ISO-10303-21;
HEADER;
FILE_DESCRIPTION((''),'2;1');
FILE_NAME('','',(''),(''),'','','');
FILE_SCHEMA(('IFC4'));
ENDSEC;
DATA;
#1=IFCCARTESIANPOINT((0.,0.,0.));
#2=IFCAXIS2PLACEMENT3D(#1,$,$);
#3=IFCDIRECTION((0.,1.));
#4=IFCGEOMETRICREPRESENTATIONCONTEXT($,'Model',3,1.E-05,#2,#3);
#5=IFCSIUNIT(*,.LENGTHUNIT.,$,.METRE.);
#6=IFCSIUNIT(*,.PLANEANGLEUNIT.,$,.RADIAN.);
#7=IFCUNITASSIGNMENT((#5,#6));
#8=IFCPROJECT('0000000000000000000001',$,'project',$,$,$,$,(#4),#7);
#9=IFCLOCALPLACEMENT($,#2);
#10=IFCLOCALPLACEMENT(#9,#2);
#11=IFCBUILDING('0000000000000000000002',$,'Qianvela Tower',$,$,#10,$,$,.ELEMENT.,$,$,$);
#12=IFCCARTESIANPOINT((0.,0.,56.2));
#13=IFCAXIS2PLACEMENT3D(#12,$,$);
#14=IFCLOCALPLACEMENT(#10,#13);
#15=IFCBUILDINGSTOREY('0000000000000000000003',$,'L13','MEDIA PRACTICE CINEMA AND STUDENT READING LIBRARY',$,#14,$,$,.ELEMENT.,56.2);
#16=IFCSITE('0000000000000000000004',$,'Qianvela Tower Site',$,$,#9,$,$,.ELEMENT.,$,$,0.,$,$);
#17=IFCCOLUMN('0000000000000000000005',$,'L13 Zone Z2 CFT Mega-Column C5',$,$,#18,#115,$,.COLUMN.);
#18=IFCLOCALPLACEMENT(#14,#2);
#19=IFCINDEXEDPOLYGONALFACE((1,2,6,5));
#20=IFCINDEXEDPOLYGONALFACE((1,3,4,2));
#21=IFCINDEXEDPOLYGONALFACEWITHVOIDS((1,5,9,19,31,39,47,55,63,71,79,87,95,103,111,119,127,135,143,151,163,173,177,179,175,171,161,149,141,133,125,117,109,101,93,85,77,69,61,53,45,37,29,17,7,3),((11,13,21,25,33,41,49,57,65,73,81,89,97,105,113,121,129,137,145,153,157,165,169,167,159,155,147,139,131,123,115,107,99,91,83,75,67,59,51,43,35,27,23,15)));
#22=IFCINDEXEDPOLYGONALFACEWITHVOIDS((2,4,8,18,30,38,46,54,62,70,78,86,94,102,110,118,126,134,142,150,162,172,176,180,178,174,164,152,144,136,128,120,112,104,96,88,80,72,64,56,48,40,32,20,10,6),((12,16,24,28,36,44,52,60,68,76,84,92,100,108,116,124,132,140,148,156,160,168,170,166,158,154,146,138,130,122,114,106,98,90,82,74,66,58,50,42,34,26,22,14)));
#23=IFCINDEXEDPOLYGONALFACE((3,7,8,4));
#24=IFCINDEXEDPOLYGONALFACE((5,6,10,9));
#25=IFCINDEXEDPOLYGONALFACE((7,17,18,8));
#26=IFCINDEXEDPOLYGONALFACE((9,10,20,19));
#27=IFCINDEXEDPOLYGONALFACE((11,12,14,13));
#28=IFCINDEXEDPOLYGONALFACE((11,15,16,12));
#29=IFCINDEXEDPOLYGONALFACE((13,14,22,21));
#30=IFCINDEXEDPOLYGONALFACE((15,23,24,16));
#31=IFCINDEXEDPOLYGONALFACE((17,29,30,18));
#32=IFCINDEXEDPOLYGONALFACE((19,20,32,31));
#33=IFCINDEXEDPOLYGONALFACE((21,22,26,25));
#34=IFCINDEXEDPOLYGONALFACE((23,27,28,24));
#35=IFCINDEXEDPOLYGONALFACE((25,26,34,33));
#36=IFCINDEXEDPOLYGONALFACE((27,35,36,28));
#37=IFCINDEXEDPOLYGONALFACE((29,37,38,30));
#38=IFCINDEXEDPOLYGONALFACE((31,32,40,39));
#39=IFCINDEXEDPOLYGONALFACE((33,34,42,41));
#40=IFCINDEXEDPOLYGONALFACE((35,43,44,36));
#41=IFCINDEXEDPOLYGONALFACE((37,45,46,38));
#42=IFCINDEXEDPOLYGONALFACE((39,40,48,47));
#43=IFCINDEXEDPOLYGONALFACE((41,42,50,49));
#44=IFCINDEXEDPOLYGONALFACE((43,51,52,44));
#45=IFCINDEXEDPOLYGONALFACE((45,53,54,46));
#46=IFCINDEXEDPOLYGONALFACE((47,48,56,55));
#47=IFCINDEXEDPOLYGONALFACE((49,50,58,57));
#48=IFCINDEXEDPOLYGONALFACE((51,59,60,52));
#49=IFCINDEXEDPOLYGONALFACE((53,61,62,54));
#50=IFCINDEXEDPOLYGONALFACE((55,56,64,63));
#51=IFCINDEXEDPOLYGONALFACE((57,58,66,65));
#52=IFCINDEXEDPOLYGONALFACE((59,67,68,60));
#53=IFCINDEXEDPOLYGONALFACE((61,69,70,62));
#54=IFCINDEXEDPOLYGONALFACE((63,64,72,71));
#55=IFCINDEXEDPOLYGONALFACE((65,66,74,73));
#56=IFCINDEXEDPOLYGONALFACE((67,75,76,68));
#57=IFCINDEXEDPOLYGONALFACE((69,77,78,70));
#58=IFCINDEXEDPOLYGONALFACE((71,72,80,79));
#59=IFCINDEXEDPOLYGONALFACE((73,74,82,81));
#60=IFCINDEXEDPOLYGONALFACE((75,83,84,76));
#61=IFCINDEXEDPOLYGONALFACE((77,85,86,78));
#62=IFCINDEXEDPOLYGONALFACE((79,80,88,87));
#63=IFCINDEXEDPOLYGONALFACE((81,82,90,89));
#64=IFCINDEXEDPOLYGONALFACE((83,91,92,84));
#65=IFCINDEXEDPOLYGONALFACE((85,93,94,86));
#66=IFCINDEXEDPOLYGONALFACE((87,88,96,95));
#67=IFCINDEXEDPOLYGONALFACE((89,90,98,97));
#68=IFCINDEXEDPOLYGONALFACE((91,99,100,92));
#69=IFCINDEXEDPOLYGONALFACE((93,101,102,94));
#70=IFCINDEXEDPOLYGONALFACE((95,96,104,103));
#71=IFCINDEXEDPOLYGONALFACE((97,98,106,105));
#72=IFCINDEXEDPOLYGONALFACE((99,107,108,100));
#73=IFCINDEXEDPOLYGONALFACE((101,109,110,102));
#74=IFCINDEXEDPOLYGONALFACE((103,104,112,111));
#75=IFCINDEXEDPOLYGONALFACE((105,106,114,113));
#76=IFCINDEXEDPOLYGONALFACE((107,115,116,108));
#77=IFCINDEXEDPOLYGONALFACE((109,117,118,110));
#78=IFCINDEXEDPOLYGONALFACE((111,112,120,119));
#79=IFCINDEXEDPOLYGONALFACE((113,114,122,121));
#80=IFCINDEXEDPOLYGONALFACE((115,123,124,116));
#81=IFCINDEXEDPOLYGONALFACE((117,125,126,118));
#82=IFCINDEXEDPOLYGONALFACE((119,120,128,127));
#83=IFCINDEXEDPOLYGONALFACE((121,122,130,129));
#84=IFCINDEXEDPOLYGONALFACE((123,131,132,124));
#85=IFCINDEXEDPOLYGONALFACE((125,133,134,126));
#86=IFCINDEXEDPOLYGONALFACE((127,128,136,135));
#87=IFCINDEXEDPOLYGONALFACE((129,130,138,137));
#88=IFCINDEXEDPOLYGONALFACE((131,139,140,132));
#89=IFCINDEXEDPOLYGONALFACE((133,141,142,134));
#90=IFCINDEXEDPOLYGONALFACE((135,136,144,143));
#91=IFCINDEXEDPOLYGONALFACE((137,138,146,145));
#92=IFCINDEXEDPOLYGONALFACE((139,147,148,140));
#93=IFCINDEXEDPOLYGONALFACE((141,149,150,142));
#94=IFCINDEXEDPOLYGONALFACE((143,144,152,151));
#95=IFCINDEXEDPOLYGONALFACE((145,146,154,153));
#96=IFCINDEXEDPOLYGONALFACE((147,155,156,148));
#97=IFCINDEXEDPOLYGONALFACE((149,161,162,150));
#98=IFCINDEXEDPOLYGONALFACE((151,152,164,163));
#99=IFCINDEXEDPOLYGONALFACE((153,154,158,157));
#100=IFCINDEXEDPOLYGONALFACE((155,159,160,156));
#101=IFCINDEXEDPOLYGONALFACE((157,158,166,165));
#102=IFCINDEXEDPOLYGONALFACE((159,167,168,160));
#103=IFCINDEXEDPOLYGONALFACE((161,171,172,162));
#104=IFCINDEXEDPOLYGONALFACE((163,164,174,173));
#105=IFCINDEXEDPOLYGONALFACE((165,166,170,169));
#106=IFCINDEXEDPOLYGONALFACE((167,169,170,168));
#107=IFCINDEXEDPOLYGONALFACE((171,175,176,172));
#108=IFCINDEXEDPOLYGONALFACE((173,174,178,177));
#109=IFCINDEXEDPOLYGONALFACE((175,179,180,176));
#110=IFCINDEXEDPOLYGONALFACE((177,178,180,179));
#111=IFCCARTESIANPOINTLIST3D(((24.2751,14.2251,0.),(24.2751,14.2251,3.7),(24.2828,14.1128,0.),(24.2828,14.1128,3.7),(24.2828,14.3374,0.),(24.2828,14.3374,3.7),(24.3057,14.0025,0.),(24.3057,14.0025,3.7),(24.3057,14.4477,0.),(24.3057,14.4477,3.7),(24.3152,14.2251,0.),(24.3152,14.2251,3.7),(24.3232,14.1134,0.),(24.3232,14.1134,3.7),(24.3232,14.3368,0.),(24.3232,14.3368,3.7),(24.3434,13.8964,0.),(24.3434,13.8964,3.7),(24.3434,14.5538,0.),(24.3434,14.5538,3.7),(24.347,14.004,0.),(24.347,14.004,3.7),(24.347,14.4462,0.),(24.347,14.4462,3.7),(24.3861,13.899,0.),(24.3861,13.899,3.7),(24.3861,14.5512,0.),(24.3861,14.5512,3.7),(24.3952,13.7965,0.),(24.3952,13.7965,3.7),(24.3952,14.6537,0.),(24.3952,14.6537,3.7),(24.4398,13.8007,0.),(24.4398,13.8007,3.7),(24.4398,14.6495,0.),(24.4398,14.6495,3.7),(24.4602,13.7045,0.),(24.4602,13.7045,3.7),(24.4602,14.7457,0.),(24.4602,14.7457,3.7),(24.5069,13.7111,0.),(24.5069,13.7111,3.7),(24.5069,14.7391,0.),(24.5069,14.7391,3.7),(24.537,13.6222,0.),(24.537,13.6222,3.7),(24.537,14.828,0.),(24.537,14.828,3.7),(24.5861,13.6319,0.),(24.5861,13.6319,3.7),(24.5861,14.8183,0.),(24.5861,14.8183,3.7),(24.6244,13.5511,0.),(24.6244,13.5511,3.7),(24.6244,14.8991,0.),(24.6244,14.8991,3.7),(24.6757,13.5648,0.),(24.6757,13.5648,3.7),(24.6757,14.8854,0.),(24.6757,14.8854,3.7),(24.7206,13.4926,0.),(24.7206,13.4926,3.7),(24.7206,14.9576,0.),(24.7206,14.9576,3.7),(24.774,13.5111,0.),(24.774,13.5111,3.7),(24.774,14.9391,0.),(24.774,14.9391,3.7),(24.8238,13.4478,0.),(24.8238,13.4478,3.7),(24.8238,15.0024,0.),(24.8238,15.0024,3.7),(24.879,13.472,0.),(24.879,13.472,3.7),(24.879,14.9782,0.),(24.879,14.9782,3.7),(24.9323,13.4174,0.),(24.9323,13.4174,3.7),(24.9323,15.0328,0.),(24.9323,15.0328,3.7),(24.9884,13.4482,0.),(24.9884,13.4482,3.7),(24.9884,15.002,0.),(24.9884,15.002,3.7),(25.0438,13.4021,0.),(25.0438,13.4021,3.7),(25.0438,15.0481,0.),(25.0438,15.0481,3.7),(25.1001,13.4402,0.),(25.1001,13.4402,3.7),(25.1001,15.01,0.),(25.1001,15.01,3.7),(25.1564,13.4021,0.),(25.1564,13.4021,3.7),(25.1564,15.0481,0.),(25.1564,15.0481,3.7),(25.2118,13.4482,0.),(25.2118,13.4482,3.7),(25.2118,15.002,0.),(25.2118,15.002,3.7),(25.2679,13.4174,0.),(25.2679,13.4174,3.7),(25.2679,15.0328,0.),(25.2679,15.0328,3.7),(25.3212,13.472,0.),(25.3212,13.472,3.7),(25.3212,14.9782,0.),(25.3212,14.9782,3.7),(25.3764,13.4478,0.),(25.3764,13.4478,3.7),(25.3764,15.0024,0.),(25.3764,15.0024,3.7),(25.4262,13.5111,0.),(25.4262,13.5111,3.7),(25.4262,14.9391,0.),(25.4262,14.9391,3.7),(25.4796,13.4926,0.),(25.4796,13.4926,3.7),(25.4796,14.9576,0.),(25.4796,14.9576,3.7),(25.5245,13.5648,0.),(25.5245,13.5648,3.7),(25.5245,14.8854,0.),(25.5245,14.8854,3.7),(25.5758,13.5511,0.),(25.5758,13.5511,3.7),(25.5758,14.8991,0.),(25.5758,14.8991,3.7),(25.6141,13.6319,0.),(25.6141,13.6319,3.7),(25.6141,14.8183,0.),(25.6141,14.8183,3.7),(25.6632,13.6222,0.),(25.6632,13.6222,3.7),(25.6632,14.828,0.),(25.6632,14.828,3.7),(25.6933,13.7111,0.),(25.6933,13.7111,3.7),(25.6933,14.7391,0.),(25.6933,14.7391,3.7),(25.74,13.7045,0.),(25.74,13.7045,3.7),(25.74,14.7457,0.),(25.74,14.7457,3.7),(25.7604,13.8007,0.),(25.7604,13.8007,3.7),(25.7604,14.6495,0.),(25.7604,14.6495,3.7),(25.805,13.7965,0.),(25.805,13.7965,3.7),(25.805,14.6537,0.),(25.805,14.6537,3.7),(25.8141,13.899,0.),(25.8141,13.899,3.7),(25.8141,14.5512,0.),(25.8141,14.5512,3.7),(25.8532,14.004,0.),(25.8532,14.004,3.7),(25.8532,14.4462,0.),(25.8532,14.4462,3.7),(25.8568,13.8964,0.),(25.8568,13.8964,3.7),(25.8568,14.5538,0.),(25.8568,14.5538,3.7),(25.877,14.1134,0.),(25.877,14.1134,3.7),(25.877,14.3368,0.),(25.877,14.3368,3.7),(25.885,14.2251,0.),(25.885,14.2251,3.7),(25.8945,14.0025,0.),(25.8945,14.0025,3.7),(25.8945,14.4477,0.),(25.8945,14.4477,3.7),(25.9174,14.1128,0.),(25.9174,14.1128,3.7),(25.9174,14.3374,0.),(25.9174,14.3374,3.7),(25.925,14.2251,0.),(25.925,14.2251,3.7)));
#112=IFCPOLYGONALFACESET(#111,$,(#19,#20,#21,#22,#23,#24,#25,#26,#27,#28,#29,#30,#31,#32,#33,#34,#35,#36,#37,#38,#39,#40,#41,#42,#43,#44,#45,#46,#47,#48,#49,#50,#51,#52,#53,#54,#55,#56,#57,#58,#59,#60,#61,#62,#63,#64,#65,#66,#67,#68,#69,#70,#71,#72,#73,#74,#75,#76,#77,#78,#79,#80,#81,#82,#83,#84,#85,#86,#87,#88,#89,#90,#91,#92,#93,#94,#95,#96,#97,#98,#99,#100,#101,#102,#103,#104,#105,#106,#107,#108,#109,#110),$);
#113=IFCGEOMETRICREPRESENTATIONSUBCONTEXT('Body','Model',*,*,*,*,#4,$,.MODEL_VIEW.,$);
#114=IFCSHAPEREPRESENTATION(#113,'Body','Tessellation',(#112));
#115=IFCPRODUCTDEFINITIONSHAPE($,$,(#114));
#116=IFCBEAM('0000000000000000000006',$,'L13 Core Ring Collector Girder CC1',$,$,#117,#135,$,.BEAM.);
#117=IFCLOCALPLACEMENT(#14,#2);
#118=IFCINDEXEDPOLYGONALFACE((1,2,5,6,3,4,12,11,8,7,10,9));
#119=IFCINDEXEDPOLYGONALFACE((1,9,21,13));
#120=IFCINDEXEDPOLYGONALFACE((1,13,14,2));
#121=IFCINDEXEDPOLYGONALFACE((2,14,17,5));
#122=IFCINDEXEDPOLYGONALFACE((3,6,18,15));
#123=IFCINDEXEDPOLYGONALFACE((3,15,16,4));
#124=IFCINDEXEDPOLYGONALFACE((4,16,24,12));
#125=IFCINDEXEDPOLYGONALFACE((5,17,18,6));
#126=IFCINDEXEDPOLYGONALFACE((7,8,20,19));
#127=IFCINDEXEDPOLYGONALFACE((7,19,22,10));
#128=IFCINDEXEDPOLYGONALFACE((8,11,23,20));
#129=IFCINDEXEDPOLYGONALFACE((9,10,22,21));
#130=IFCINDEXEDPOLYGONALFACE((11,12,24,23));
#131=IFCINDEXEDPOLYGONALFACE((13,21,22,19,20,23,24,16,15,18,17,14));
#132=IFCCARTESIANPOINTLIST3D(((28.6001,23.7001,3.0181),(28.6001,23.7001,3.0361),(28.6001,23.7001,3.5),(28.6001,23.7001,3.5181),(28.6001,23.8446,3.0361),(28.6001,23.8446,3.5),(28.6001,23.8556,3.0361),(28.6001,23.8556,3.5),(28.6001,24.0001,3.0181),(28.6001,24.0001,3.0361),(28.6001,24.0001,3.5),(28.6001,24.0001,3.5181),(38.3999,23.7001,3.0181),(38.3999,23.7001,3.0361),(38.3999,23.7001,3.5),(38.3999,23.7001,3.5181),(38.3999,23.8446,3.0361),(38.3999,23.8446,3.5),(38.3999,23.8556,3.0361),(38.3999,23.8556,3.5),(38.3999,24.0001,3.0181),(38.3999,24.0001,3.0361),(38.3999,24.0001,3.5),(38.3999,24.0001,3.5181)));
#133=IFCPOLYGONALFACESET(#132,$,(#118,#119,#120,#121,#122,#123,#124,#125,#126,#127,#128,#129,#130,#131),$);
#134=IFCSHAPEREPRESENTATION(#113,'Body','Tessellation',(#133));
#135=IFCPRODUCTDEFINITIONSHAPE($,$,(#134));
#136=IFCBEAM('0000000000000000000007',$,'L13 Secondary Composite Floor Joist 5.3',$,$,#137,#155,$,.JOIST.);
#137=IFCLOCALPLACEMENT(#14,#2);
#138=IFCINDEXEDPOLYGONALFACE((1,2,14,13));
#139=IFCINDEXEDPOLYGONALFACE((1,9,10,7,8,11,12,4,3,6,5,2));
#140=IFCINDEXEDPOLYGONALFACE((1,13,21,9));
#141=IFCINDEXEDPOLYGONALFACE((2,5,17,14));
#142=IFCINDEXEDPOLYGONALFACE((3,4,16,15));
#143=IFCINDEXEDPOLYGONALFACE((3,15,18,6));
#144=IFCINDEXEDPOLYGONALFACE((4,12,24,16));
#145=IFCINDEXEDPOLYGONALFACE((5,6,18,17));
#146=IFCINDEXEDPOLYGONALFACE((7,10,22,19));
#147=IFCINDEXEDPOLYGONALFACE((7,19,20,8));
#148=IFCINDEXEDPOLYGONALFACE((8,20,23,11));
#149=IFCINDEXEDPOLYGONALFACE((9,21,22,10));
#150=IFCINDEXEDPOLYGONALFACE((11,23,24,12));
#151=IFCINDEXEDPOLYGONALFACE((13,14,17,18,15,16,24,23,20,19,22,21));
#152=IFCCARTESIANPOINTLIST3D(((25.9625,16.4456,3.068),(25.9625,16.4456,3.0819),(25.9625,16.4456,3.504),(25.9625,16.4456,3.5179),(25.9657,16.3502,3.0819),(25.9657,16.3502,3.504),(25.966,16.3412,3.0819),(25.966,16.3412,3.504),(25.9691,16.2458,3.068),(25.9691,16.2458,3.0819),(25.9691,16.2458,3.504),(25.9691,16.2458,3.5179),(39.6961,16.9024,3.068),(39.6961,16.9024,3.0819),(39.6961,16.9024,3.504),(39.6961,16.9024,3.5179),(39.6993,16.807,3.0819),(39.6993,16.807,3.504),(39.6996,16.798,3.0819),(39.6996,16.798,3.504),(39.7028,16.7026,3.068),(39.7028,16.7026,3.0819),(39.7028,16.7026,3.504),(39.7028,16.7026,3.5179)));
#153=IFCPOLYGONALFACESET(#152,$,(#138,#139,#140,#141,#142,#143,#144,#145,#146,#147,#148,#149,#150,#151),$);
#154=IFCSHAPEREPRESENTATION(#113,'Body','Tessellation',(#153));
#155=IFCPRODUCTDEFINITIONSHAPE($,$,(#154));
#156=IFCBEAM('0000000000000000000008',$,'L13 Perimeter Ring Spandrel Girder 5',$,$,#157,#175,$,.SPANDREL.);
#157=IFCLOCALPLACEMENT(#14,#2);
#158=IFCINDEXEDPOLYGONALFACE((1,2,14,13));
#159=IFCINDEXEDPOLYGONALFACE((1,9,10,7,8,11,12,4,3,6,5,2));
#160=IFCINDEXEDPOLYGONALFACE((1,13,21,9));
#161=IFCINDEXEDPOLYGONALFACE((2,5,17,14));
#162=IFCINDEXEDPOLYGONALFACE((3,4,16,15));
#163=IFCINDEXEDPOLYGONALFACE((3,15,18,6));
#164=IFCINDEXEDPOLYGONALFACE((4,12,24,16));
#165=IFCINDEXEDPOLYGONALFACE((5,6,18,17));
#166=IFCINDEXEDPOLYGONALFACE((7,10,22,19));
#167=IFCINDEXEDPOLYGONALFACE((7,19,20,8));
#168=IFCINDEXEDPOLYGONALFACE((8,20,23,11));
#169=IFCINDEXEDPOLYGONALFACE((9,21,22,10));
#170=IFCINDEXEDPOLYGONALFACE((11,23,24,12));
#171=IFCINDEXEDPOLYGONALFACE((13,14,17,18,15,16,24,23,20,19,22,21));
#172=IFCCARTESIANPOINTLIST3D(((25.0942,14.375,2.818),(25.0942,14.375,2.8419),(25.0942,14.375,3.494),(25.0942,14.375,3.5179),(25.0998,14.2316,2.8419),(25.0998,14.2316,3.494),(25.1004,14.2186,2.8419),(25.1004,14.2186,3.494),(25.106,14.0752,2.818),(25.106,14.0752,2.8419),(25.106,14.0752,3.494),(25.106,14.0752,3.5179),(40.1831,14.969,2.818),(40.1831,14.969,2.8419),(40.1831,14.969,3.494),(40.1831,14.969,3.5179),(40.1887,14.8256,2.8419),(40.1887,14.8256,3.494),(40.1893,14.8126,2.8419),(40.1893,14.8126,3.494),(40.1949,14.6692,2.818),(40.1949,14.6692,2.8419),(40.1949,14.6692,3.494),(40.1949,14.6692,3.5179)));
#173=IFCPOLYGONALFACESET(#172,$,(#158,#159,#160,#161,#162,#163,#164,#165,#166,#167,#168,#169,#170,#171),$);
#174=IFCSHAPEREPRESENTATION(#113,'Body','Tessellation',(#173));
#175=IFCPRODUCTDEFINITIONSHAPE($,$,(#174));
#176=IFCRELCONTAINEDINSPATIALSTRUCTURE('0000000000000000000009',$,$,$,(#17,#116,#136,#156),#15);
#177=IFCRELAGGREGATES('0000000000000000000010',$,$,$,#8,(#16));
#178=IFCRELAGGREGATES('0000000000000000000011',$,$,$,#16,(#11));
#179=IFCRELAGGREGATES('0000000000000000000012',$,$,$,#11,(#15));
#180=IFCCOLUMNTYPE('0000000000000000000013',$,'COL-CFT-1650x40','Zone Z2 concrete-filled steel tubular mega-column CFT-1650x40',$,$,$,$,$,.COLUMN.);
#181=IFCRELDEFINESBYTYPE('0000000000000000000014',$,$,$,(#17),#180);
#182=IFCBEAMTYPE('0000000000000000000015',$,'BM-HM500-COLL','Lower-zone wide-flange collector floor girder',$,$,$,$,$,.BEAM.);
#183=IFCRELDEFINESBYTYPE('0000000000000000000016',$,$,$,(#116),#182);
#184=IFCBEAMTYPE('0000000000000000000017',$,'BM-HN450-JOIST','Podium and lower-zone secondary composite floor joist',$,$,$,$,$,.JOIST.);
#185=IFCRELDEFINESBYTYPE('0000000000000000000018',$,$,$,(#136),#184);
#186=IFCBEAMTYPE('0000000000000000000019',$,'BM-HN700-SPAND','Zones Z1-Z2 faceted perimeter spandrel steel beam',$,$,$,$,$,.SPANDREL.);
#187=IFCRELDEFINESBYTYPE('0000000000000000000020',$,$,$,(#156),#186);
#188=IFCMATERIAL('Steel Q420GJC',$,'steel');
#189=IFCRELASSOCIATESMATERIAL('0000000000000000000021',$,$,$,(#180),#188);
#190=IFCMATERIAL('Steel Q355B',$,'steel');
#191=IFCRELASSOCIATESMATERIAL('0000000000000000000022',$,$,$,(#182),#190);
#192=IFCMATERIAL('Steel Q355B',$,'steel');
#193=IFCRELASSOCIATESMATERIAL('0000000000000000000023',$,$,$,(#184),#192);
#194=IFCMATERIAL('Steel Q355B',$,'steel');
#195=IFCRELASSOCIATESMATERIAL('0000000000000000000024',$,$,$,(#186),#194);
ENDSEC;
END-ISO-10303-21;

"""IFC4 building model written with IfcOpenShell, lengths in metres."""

from ifc_helpers import new_model, si_unit, direction, frame, origin, origin_2d, place, context, subcontext, project, spatial, hollow_circle, i_section, extrude, material, material_profile, profile_set, type_object, element, save


model = new_model("IFC4")

# Units and contexts
model_context = context("Model", 3, precision=1e-05, world=origin(), true_north=direction((0.0, 1.0)))
body_context = subcontext(model_context, "Body", "Model", "MODEL_VIEW")
ifc_project = project(units=[si_unit("LENGTHUNIT", "METRE"), si_unit("PLANEANGLEUNIT", "RADIAN")], contexts=[model_context])

# Site, building, storey
site_placement = place(None, origin())
site = spatial("IfcSite", under=ifc_project, at=site_placement, Name="Qianvela Tower Site", CompositionType="ELEMENT", RefElevation=0.0)
building_placement = place(site_placement, origin())
building = spatial("IfcBuilding", under=site, at=building_placement, Name="Qianvela Tower", CompositionType="ELEMENT")
storey_placement = place(building_placement, frame((0.0, 0.0, 56.2)))
storey = spatial("IfcBuildingStorey", under=building, at=storey_placement, Name="L13", Description="MEDIA PRACTICE CINEMA AND STUDENT READING LIBRARY", CompositionType="ELEMENT", Elevation=56.2)

# Column
ifc_material_1 = material(Name="Steel Q420GJC", Category="steel")
ifc_material_profile_1 = material_profile(ifc_material_1, hollow_circle(Radius=0.825, WallThickness=0.04, at=origin_2d()), Name="CFT-1650x40")
ifc_profile_set_1 = profile_set([ifc_material_profile_1], Name="Steel Q420GJC")
column_type = type_object("IfcColumnType", Name="COL-CFT-1650x40", Description="Zone Z2 concrete-filled steel tubular mega-column CFT-1650x40", PredefinedType="COLUMN", material=ifc_profile_set_1)
for number, where, z_axis, x_axis, name in (
    (1, (25.1001, 14.2251, 0.0), (0.0, 0.0, 1.0), (1.0, 0.0, 0.0), "L13 Zone Z2 CFT Mega-Column C5"),
):
    element("IfcColumn", number, at=place(storey_placement, frame(where, z_axis=z_axis, x_axis=x_axis)), inside=storey, type_object=column_type, Name=name, PredefinedType="COLUMN", context=body_context, shape_type="SweptSolid", body=[
        extrude(hollow_circle(Radius=0.825, WallThickness=0.04, at=origin_2d()), origin(), (0.0, 0.0, 1.0), 3.7),
    ])

# Beams
ifc_material_2 = material(Name="Steel Q355B", Category="steel")
ifc_material_profile_2 = material_profile(ifc_material_2, i_section(OverallWidth=0.3, OverallDepth=0.5, WebThickness=0.011, FlangeThickness=0.0181, at=origin_2d()), Name="HM500x300x11x18")
ifc_profile_set_2 = profile_set([ifc_material_profile_2], Name="Steel Q355B")
beam_type_1 = type_object("IfcBeamType", Name="BM-HM500-COLL", Description="Lower-zone wide-flange collector floor girder", PredefinedType="BEAM", material=ifc_profile_set_2)
beam_1_placement = place(storey_placement, frame((28.6001, 23.8501, 3.2681), z_axis=(1.0, 0.0, 0.0), x_axis=(0.0, 1.0, 0.0)))
element("IfcBeam", 2, at=beam_1_placement, inside=storey, type_object=beam_type_1, Name="L13 Core Ring Collector Girder CC1", PredefinedType="BEAM", context=body_context, shape_type="SweptSolid", body=[
    extrude(i_section(OverallWidth=0.3, OverallDepth=0.5, WebThickness=0.011, FlangeThickness=0.0181, at=origin_2d()), origin(), (0.0, 0.0, 1.0), 9.7998),
])
ifc_material_3 = material(Name="Steel Q355B", Category="steel")
ifc_material_profile_3 = material_profile(ifc_material_3, i_section(OverallWidth=0.2, OverallDepth=0.45, WebThickness=0.009, FlangeThickness=0.0139, at=origin_2d()), Name="HN450x200x9x14")
ifc_profile_set_3 = profile_set([ifc_material_profile_3], Name="Steel Q355B")
beam_type_2 = type_object("IfcBeamType", Name="BM-HN450-JOIST", Description="Podium and lower-zone secondary composite floor joist", PredefinedType="JOIST", material=ifc_profile_set_3)
beam_2_placement = place(storey_placement, frame((25.9658, 16.3457, 3.293), z_axis=(0.999447, 0.033242, 0.0), x_axis=(-0.033242, 0.999447, 0.0)))
element("IfcBeam", 3, at=beam_2_placement, inside=storey, type_object=beam_type_2, Name="L13 Secondary Composite Floor Joist 5.3", PredefinedType="JOIST", context=body_context, shape_type="SweptSolid", body=[
    extrude(i_section(OverallWidth=0.2, OverallDepth=0.45, WebThickness=0.009, FlangeThickness=0.0139, at=origin_2d()), origin(), (0.0, 0.0, 1.0), 13.7412),
])
ifc_material_4 = material(Name="Steel Q355B", Category="steel")
ifc_material_profile_4 = material_profile(ifc_material_4, i_section(OverallWidth=0.3, OverallDepth=0.7, WebThickness=0.0129, FlangeThickness=0.0239, at=origin_2d()), Name="HN700x300x13x24")
ifc_profile_set_4 = profile_set([ifc_material_profile_4], Name="Steel Q355B")
beam_type_3 = type_object("IfcBeamType", Name="BM-HN700-SPAND", Description="Zones Z1-Z2 faceted perimeter spandrel steel beam", PredefinedType="SPANDREL", material=ifc_profile_set_4)
beam_3_placement = place(storey_placement, frame((25.1001, 14.2251, 3.168), z_axis=(0.999226, 0.039336, 0.0), x_axis=(-0.039336, 0.999226, 0.0)))
element("IfcBeam", 4, at=beam_3_placement, inside=storey, type_object=beam_type_3, Name="L13 Perimeter Ring Spandrel Girder 5", PredefinedType="SPANDREL", context=body_context, shape_type="SweptSolid", body=[
    extrude(i_section(OverallWidth=0.3, OverallDepth=0.7, WebThickness=0.0129, FlangeThickness=0.0239, at=origin_2d()), origin(), (0.0, 0.0, 1.0), 15.1006),
])

save(model, "model.ifc")
